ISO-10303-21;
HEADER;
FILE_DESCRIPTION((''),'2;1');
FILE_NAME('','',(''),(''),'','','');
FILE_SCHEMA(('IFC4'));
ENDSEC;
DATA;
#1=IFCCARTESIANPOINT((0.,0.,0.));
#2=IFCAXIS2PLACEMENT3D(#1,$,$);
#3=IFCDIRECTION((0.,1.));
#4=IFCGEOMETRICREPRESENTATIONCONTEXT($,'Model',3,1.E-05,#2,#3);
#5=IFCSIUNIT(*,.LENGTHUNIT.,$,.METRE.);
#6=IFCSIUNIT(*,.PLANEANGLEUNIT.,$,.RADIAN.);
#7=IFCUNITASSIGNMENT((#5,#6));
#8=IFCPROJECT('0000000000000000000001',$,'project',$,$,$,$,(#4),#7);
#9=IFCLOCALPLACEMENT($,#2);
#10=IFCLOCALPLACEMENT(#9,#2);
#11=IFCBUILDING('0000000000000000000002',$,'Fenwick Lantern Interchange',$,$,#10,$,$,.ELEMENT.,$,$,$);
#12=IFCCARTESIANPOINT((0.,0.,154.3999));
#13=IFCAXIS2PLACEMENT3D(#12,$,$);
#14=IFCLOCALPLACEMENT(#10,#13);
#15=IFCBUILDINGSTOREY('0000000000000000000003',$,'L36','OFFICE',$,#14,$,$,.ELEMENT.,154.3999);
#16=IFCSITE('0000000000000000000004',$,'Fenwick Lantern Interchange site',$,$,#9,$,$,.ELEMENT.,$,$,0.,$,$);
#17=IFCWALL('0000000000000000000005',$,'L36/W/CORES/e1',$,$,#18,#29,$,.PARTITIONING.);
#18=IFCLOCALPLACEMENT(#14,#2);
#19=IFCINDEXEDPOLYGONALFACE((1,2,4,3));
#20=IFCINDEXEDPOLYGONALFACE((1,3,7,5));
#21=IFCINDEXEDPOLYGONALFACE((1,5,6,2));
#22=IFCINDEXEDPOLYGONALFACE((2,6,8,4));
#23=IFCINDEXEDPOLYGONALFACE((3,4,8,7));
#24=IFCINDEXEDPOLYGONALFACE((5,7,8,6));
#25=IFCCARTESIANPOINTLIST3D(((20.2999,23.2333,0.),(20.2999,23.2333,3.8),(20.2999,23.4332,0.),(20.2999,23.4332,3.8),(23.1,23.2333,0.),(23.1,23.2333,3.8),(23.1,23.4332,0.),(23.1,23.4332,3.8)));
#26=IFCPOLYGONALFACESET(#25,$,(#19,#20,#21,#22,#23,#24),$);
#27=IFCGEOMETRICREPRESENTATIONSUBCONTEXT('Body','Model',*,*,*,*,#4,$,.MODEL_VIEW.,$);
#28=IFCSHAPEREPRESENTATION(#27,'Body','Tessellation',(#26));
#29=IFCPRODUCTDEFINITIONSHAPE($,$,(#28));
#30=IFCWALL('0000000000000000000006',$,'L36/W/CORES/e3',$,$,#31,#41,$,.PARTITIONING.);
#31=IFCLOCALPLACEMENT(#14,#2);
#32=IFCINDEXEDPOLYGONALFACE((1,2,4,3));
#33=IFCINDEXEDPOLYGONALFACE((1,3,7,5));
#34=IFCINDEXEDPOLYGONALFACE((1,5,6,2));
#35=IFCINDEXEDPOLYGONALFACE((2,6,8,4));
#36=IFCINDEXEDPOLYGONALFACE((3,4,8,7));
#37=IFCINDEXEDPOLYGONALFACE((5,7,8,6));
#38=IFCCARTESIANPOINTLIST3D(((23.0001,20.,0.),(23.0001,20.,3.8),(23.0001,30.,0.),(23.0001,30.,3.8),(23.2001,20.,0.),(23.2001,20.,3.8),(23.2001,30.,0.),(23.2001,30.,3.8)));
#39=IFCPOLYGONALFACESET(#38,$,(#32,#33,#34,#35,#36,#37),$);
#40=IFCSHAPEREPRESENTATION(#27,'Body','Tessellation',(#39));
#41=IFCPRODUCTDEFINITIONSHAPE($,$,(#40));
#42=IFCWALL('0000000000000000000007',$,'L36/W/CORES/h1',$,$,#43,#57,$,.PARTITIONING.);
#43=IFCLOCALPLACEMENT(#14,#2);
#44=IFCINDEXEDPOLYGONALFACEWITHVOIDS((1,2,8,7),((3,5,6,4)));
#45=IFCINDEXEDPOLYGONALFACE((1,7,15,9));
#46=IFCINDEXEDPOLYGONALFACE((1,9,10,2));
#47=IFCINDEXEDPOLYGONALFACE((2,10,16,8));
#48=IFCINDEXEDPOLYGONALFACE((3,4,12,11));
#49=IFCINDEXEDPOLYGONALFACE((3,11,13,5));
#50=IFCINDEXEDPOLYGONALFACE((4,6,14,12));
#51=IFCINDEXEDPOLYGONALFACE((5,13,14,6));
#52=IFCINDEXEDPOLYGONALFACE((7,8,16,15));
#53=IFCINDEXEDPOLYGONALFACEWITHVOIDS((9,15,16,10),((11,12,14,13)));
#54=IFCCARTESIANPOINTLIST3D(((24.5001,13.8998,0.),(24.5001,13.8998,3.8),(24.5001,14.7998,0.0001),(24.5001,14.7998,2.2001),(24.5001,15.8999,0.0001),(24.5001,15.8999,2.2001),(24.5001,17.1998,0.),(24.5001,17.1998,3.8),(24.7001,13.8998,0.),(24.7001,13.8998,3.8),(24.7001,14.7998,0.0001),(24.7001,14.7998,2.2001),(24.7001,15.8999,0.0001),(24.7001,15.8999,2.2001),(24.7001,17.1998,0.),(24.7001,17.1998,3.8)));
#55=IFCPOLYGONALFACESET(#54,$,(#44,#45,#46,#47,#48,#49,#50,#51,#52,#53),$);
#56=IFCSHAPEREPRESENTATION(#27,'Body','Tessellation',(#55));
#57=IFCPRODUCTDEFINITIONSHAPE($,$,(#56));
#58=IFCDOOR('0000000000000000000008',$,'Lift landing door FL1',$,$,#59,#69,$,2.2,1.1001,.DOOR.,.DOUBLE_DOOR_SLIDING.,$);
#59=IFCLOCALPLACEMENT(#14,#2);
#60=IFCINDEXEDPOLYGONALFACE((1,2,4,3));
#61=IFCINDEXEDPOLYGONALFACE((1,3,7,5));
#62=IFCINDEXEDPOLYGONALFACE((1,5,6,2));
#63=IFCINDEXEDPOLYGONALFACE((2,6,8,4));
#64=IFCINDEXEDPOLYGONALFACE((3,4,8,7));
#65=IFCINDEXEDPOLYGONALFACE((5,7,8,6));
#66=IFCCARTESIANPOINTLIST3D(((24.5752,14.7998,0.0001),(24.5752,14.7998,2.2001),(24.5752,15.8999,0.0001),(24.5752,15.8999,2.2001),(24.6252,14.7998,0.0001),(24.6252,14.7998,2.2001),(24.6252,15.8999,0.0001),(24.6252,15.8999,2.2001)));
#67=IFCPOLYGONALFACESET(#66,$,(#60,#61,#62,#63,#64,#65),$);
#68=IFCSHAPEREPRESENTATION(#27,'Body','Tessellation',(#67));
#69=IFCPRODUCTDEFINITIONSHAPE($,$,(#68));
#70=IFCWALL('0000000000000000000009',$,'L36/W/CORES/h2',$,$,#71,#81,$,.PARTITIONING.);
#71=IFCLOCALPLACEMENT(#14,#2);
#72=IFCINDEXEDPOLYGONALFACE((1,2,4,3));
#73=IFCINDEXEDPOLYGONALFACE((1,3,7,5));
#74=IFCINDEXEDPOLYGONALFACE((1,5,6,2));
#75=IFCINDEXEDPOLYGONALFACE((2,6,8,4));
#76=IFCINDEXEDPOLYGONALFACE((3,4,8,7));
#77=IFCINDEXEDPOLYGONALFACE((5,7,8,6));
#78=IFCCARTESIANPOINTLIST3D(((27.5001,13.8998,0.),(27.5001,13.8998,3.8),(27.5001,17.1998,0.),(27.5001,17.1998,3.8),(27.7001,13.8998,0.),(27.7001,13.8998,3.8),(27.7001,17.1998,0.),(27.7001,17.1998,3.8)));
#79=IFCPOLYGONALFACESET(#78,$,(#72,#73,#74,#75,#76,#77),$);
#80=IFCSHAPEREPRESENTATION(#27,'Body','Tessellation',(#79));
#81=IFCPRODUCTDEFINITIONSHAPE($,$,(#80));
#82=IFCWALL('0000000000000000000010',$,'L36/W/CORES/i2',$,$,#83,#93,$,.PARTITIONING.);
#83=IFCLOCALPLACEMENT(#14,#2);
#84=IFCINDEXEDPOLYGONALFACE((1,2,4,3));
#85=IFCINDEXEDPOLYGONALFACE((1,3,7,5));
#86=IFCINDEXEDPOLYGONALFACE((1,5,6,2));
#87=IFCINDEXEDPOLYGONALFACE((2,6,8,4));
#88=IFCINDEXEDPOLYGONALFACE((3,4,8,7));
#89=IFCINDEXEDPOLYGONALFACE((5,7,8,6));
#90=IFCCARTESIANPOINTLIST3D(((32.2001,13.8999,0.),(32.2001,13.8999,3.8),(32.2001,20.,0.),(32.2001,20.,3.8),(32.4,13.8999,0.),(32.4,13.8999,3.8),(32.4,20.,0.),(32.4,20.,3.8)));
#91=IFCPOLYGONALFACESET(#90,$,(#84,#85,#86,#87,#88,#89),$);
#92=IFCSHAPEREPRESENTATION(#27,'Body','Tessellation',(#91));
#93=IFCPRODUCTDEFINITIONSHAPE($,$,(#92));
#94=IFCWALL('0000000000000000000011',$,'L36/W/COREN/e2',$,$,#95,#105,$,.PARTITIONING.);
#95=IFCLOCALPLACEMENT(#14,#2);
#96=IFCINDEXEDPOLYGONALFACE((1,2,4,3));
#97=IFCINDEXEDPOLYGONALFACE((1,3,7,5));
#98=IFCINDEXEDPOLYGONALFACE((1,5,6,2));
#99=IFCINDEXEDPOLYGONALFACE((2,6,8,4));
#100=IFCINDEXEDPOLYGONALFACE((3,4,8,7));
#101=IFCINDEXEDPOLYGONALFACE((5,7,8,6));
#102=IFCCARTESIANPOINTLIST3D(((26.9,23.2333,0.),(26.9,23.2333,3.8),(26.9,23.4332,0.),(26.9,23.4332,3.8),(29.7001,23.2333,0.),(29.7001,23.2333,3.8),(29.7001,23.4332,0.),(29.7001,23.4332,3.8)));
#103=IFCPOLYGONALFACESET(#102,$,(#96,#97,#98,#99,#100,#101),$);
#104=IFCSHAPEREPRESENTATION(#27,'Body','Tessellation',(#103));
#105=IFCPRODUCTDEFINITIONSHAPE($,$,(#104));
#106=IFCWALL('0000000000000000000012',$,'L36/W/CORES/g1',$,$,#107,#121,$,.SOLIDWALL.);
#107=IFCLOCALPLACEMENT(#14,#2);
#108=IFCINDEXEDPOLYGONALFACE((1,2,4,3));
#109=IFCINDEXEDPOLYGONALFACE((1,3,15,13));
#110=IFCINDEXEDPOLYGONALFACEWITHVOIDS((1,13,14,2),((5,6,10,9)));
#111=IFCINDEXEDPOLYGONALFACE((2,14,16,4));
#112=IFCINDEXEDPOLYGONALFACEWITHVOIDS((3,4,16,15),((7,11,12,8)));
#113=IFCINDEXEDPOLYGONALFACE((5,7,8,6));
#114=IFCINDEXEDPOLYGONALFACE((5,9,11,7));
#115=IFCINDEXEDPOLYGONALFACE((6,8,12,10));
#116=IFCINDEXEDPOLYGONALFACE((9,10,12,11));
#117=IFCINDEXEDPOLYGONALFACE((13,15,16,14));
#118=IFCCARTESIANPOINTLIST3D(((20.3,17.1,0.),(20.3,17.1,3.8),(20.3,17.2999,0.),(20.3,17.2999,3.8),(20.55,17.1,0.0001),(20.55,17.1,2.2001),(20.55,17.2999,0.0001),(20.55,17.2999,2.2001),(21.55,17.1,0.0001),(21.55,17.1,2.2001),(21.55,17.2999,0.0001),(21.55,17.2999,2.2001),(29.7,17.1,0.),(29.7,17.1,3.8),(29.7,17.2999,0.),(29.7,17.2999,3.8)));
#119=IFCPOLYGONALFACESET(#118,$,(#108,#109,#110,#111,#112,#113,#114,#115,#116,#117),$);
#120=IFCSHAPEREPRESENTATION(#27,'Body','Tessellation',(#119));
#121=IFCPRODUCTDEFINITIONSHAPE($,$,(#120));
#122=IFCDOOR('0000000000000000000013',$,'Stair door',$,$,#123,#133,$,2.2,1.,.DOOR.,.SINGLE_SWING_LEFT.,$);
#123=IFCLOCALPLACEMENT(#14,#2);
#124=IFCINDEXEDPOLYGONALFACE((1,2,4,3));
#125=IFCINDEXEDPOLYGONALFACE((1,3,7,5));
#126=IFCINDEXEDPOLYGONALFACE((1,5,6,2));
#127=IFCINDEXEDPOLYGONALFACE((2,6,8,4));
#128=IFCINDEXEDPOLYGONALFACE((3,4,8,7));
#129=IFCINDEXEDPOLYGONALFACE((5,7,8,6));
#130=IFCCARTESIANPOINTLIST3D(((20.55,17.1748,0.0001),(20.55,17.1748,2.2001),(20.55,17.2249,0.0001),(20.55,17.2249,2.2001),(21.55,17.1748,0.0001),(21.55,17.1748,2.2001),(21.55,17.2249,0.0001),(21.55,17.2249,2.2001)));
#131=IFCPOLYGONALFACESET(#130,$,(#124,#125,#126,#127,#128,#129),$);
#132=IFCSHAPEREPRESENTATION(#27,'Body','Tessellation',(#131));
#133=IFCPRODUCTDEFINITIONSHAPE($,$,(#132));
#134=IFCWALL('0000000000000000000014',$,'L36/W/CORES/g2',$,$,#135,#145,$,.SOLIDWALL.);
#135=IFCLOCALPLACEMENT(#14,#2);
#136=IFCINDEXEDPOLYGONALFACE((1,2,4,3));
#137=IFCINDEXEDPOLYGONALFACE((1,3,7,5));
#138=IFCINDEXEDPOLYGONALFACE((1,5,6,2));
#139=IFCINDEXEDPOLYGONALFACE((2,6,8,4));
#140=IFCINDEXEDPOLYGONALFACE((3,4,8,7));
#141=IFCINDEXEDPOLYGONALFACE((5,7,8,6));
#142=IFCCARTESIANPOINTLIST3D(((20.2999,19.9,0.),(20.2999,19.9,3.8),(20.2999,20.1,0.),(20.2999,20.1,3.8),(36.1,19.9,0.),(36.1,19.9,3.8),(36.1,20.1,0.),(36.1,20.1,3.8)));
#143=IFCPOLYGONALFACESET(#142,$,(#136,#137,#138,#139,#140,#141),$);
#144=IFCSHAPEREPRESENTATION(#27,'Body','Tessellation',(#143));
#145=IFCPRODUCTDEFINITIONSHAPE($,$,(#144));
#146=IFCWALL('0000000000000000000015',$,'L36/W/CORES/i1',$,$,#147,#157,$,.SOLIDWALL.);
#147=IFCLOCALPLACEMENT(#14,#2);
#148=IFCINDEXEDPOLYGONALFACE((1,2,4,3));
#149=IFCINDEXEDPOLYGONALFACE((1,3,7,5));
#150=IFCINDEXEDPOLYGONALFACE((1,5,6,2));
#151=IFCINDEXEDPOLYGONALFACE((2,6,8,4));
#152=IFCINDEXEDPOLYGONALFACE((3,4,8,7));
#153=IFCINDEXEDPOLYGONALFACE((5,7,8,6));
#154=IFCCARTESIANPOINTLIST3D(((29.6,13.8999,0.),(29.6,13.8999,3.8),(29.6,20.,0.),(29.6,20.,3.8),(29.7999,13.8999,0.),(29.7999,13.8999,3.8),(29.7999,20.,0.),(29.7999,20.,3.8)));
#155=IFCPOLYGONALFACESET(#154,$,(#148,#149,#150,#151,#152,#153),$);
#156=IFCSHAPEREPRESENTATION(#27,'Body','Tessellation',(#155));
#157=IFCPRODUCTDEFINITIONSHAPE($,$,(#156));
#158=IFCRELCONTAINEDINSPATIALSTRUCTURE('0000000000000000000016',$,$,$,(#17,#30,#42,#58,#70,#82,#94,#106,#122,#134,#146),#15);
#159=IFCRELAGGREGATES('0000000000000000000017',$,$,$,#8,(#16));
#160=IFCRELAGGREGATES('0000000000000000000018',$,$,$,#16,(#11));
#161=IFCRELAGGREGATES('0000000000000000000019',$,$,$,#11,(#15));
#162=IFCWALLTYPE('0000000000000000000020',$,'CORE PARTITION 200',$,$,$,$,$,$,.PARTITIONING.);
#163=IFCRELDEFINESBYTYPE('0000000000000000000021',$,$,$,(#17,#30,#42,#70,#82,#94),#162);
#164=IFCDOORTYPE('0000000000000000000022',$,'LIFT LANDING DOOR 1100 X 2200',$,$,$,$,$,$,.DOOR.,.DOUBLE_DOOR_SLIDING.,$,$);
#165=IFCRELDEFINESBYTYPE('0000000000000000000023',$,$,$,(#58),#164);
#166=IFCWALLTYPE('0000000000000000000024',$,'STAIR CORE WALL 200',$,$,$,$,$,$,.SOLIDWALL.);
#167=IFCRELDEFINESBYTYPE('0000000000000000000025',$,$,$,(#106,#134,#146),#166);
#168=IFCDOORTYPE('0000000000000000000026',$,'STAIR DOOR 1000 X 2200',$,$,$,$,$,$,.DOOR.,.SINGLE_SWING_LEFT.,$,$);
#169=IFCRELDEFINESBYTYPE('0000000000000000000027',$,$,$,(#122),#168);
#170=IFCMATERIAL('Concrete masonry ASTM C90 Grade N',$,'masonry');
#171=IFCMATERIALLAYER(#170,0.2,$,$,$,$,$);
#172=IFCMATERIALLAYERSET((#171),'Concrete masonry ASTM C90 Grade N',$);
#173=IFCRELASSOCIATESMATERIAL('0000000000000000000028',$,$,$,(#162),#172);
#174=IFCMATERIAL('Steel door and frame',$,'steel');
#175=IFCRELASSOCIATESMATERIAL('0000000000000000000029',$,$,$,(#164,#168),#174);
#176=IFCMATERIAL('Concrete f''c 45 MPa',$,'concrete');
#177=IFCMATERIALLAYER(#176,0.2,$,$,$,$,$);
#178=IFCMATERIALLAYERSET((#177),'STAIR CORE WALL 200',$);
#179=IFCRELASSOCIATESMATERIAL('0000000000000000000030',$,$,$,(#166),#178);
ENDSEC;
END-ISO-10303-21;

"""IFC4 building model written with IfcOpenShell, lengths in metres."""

from ifc_helpers import new_model, si_unit, direction, frame, frame_2d, origin, place, context, subcontext, project, spatial, rectangle, extrude, material, layer, layer_set, type_object, element, fill, save


model = new_model("IFC4")

# Units and contexts
model_context = context("Model", 3, precision=1e-05, world=origin(), true_north=direction((0.0, 1.0)))
body_context = subcontext(model_context, "Body", "Model", "MODEL_VIEW")
ifc_project = project(units=[si_unit("LENGTHUNIT", "METRE"), si_unit("PLANEANGLEUNIT", "RADIAN")], contexts=[model_context])

# Site, building, storey
site_placement = place(None, origin())
site = spatial("IfcSite", under=ifc_project, at=site_placement, Name="Fenwick Lantern Interchange site", CompositionType="ELEMENT", RefElevation=0.0)
building_placement = place(site_placement, origin())
building = spatial("IfcBuilding", under=site, at=building_placement, Name="Fenwick Lantern Interchange", CompositionType="ELEMENT")
storey_placement = place(building_placement, frame((0.0, 0.0, 154.3999)))
storey = spatial("IfcBuildingStorey", under=building, at=storey_placement, Name="L36", Description="OFFICE", CompositionType="ELEMENT", Elevation=154.3999)

# Walls
ifc_material_1 = material(Name="Concrete masonry ASTM C90 Grade N", Category="masonry")
ifc_layer_1 = layer(ifc_material_1, 0.2)
ifc_layer_set_1 = layer_set([ifc_layer_1], Name="Concrete masonry ASTM C90 Grade N")
wall_type_1 = type_object("IfcWallType", Name="CORE PARTITION 200", PredefinedType="PARTITIONING", material=ifc_layer_set_1)
wall_1_placement = place(storey_placement, frame((20.3, 23.3333, 0.0), z_axis=(0.0, 0.0, 1.0), x_axis=(1.0, 0.0, 0.0)))
element("IfcWall", 1, at=wall_1_placement, inside=storey, type_object=wall_type_1, Name="L36/W/CORES/e1", PredefinedType="PARTITIONING", context=body_context, shape_type="SweptSolid", body=[
    extrude(rectangle(XDim=2.8, YDim=0.2, at=frame_2d((1.3999, 0.0))), origin(), (0.0, 0.0, 1.0), 3.8),
])
wall_2_placement = place(storey_placement, frame((23.1001, 20.0, 0.0), z_axis=(0.0, 0.0, 1.0), x_axis=(0.0, 1.0, 0.0)))
element("IfcWall", 2, at=wall_2_placement, inside=storey, type_object=wall_type_1, Name="L36/W/CORES/e3", PredefinedType="PARTITIONING", context=body_context, shape_type="SweptSolid", body=[
    extrude(rectangle(XDim=10.0, YDim=0.2, at=frame_2d((5.0, 0.0))), origin(), (0.0, 0.0, 1.0), 3.8),
])

# Wall, opening, door
wall_3_placement = place(storey_placement, frame((24.6001, 13.8999, 0.0), z_axis=(0.0, 0.0, 1.0), x_axis=(0.0, 1.0, 0.0)))
wall_3 = element("IfcWall", 3, at=wall_3_placement, inside=storey, type_object=wall_type_1, Name="L36/W/CORES/h1", PredefinedType="PARTITIONING", context=body_context, shape_type="SweptSolid", body=[
    extrude(rectangle(XDim=3.3, YDim=0.2, at=frame_2d((1.6499, 0.0))), origin(), (0.0, 0.0, 1.0), 3.8),
])
opening_1_placement = place(wall_3_placement, frame((0.8999, 0.0, 0.0)))
opening_1 = element("IfcOpeningElement", 4, at=opening_1_placement, cuts=wall_3, PredefinedType="OPENING", context=body_context, shape_type="SweptSolid", body=[
    extrude(rectangle(XDim=1.1001, YDim=2.2, at=frame_2d((0.55, 1.1001))), frame((0.0, 0.1099, 0.0), z_axis=(0.0, -1.0, 0.0), x_axis=(1.0, 0.0, 0.0)), (0.0, 0.0, 1.0), 0.22),
])
ifc_material_2 = material(Name="Steel door and frame", Category="steel")
door_type_1 = type_object("IfcDoorType", Name="LIFT LANDING DOOR 1100 X 2200", OperationType="DOUBLE_DOOR_SLIDING", PredefinedType="DOOR", material=ifc_material_2)
door_1_placement = place(opening_1_placement, origin())
door_1 = element("IfcDoor", 5, at=door_1_placement, inside=storey, type_object=door_type_1, Name="Lift landing door FL1", OperationType="DOUBLE_DOOR_SLIDING", OverallHeight=2.2, OverallWidth=1.1001, PredefinedType="DOOR", context=body_context, shape_type="SweptSolid", body=[
    extrude(rectangle(XDim=1.1001, YDim=2.2, at=frame_2d((0.55, 1.1001))), frame((0.0, 0.0249, 0.0), z_axis=(0.0, -1.0, 0.0), x_axis=(1.0, 0.0, 0.0)), (0.0, 0.0, 1.0), 0.05),
])
fill(opening_1, door_1)

# Walls
wall_4_placement = place(storey_placement, frame((27.6001, 13.8999, 0.0), z_axis=(0.0, 0.0, 1.0), x_axis=(0.0, 1.0, 0.0)))
element("IfcWall", 6, at=wall_4_placement, inside=storey, type_object=wall_type_1, Name="L36/W/CORES/h2", PredefinedType="PARTITIONING", context=body_context, shape_type="SweptSolid", body=[
    extrude(rectangle(XDim=3.3, YDim=0.2, at=frame_2d((1.6499, 0.0))), origin(), (0.0, 0.0, 1.0), 3.8),
])
wall_5_placement = place(storey_placement, frame((32.3, 13.8999, 0.0), z_axis=(0.0, 0.0, 1.0), x_axis=(0.0, 1.0, 0.0)))
element("IfcWall", 7, at=wall_5_placement, inside=storey, type_object=wall_type_1, Name="L36/W/CORES/i2", PredefinedType="PARTITIONING", context=body_context, shape_type="SweptSolid", body=[
    extrude(rectangle(XDim=6.1001, YDim=0.2, at=frame_2d((3.05, 0.0))), origin(), (0.0, 0.0, 1.0), 3.8),
])
wall_6_placement = place(storey_placement, frame((29.7, 23.3333, 0.0), z_axis=(0.0, 0.0, 1.0), x_axis=(-1.0, 0.0, 0.0)))
element("IfcWall", 8, at=wall_6_placement, inside=storey, type_object=wall_type_1, Name="L36/W/COREN/e2", PredefinedType="PARTITIONING", context=body_context, shape_type="SweptSolid", body=[
    extrude(rectangle(XDim=2.8, YDim=0.2, at=frame_2d((1.3999, 0.0))), origin(), (0.0, 0.0, 1.0), 3.8),
])

# Wall, opening, door
ifc_material_3 = material(Name="Concrete f'c 45 MPa", Category="concrete")
ifc_layer_2 = layer(ifc_material_3, 0.2)
ifc_layer_set_2 = layer_set([ifc_layer_2], Name="STAIR CORE WALL 200")
wall_type_2 = type_object("IfcWallType", Name="STAIR CORE WALL 200", PredefinedType="SOLIDWALL", material=ifc_layer_set_2)
wall_7_placement = place(storey_placement, frame((20.3, 17.2, 0.0), z_axis=(0.0, 0.0, 1.0), x_axis=(1.0, 0.0, 0.0)))
wall_7 = element("IfcWall", 9, at=wall_7_placement, inside=storey, type_object=wall_type_2, Name="L36/W/CORES/g1", PredefinedType="SOLIDWALL", context=body_context, shape_type="SweptSolid", body=[
    extrude(rectangle(XDim=9.3999, YDim=0.2, at=frame_2d((4.7, 0.0))), origin(), (0.0, 0.0, 1.0), 3.8),
])
opening_2_placement = place(wall_7_placement, frame((0.25, 0.0, 0.0)))
opening_2 = element("IfcOpeningElement", 10, at=opening_2_placement, cuts=wall_7, PredefinedType="OPENING", context=body_context, shape_type="SweptSolid", body=[
    extrude(rectangle(XDim=1.0, YDim=2.2, at=frame_2d((0.5, 1.1001))), frame((0.0, 0.1099, 0.0), z_axis=(0.0, -1.0, 0.0), x_axis=(1.0, 0.0, 0.0)), (0.0, 0.0, 1.0), 0.22),
])
door_type_2 = type_object("IfcDoorType", Name="STAIR DOOR 1000 X 2200", OperationType="SINGLE_SWING_LEFT", PredefinedType="DOOR", material=ifc_material_2)
door_2_placement = place(opening_2_placement, origin())
door_2 = element("IfcDoor", 11, at=door_2_placement, inside=storey, type_object=door_type_2, Name="Stair door", OperationType="SINGLE_SWING_LEFT", OverallHeight=2.2, OverallWidth=1.0, PredefinedType="DOOR", context=body_context, shape_type="SweptSolid", body=[
    extrude(rectangle(XDim=1.0, YDim=2.2, at=frame_2d((0.5, 1.1001))), frame((0.0, 0.0249, 0.0), z_axis=(0.0, -1.0, 0.0), x_axis=(1.0, 0.0, 0.0)), (0.0, 0.0, 1.0), 0.05),
])
fill(opening_2, door_2)

# Walls
wall_8_placement = place(storey_placement, frame((20.3, 20.0, 0.0), z_axis=(0.0, 0.0, 1.0), x_axis=(1.0, 0.0, 0.0)))
element("IfcWall", 12, at=wall_8_placement, inside=storey, type_object=wall_type_2, Name="L36/W/CORES/g2", PredefinedType="SOLIDWALL", context=body_context, shape_type="SweptSolid", body=[
    extrude(rectangle(XDim=15.8, YDim=0.2, at=frame_2d((7.8999, 0.0))), origin(), (0.0, 0.0, 1.0), 3.8),
])
wall_9_placement = place(storey_placement, frame((29.7, 13.8999, 0.0), z_axis=(0.0, 0.0, 1.0), x_axis=(0.0, 1.0, 0.0)))
element("IfcWall", 13, at=wall_9_placement, inside=storey, type_object=wall_type_2, Name="L36/W/CORES/i1", PredefinedType="SOLIDWALL", context=body_context, shape_type="SweptSolid", body=[
    extrude(rectangle(XDim=6.1001, YDim=0.2, at=frame_2d((3.05, 0.0))), origin(), (0.0, 0.0, 1.0), 3.8),
])

save(model, "model.ifc")
